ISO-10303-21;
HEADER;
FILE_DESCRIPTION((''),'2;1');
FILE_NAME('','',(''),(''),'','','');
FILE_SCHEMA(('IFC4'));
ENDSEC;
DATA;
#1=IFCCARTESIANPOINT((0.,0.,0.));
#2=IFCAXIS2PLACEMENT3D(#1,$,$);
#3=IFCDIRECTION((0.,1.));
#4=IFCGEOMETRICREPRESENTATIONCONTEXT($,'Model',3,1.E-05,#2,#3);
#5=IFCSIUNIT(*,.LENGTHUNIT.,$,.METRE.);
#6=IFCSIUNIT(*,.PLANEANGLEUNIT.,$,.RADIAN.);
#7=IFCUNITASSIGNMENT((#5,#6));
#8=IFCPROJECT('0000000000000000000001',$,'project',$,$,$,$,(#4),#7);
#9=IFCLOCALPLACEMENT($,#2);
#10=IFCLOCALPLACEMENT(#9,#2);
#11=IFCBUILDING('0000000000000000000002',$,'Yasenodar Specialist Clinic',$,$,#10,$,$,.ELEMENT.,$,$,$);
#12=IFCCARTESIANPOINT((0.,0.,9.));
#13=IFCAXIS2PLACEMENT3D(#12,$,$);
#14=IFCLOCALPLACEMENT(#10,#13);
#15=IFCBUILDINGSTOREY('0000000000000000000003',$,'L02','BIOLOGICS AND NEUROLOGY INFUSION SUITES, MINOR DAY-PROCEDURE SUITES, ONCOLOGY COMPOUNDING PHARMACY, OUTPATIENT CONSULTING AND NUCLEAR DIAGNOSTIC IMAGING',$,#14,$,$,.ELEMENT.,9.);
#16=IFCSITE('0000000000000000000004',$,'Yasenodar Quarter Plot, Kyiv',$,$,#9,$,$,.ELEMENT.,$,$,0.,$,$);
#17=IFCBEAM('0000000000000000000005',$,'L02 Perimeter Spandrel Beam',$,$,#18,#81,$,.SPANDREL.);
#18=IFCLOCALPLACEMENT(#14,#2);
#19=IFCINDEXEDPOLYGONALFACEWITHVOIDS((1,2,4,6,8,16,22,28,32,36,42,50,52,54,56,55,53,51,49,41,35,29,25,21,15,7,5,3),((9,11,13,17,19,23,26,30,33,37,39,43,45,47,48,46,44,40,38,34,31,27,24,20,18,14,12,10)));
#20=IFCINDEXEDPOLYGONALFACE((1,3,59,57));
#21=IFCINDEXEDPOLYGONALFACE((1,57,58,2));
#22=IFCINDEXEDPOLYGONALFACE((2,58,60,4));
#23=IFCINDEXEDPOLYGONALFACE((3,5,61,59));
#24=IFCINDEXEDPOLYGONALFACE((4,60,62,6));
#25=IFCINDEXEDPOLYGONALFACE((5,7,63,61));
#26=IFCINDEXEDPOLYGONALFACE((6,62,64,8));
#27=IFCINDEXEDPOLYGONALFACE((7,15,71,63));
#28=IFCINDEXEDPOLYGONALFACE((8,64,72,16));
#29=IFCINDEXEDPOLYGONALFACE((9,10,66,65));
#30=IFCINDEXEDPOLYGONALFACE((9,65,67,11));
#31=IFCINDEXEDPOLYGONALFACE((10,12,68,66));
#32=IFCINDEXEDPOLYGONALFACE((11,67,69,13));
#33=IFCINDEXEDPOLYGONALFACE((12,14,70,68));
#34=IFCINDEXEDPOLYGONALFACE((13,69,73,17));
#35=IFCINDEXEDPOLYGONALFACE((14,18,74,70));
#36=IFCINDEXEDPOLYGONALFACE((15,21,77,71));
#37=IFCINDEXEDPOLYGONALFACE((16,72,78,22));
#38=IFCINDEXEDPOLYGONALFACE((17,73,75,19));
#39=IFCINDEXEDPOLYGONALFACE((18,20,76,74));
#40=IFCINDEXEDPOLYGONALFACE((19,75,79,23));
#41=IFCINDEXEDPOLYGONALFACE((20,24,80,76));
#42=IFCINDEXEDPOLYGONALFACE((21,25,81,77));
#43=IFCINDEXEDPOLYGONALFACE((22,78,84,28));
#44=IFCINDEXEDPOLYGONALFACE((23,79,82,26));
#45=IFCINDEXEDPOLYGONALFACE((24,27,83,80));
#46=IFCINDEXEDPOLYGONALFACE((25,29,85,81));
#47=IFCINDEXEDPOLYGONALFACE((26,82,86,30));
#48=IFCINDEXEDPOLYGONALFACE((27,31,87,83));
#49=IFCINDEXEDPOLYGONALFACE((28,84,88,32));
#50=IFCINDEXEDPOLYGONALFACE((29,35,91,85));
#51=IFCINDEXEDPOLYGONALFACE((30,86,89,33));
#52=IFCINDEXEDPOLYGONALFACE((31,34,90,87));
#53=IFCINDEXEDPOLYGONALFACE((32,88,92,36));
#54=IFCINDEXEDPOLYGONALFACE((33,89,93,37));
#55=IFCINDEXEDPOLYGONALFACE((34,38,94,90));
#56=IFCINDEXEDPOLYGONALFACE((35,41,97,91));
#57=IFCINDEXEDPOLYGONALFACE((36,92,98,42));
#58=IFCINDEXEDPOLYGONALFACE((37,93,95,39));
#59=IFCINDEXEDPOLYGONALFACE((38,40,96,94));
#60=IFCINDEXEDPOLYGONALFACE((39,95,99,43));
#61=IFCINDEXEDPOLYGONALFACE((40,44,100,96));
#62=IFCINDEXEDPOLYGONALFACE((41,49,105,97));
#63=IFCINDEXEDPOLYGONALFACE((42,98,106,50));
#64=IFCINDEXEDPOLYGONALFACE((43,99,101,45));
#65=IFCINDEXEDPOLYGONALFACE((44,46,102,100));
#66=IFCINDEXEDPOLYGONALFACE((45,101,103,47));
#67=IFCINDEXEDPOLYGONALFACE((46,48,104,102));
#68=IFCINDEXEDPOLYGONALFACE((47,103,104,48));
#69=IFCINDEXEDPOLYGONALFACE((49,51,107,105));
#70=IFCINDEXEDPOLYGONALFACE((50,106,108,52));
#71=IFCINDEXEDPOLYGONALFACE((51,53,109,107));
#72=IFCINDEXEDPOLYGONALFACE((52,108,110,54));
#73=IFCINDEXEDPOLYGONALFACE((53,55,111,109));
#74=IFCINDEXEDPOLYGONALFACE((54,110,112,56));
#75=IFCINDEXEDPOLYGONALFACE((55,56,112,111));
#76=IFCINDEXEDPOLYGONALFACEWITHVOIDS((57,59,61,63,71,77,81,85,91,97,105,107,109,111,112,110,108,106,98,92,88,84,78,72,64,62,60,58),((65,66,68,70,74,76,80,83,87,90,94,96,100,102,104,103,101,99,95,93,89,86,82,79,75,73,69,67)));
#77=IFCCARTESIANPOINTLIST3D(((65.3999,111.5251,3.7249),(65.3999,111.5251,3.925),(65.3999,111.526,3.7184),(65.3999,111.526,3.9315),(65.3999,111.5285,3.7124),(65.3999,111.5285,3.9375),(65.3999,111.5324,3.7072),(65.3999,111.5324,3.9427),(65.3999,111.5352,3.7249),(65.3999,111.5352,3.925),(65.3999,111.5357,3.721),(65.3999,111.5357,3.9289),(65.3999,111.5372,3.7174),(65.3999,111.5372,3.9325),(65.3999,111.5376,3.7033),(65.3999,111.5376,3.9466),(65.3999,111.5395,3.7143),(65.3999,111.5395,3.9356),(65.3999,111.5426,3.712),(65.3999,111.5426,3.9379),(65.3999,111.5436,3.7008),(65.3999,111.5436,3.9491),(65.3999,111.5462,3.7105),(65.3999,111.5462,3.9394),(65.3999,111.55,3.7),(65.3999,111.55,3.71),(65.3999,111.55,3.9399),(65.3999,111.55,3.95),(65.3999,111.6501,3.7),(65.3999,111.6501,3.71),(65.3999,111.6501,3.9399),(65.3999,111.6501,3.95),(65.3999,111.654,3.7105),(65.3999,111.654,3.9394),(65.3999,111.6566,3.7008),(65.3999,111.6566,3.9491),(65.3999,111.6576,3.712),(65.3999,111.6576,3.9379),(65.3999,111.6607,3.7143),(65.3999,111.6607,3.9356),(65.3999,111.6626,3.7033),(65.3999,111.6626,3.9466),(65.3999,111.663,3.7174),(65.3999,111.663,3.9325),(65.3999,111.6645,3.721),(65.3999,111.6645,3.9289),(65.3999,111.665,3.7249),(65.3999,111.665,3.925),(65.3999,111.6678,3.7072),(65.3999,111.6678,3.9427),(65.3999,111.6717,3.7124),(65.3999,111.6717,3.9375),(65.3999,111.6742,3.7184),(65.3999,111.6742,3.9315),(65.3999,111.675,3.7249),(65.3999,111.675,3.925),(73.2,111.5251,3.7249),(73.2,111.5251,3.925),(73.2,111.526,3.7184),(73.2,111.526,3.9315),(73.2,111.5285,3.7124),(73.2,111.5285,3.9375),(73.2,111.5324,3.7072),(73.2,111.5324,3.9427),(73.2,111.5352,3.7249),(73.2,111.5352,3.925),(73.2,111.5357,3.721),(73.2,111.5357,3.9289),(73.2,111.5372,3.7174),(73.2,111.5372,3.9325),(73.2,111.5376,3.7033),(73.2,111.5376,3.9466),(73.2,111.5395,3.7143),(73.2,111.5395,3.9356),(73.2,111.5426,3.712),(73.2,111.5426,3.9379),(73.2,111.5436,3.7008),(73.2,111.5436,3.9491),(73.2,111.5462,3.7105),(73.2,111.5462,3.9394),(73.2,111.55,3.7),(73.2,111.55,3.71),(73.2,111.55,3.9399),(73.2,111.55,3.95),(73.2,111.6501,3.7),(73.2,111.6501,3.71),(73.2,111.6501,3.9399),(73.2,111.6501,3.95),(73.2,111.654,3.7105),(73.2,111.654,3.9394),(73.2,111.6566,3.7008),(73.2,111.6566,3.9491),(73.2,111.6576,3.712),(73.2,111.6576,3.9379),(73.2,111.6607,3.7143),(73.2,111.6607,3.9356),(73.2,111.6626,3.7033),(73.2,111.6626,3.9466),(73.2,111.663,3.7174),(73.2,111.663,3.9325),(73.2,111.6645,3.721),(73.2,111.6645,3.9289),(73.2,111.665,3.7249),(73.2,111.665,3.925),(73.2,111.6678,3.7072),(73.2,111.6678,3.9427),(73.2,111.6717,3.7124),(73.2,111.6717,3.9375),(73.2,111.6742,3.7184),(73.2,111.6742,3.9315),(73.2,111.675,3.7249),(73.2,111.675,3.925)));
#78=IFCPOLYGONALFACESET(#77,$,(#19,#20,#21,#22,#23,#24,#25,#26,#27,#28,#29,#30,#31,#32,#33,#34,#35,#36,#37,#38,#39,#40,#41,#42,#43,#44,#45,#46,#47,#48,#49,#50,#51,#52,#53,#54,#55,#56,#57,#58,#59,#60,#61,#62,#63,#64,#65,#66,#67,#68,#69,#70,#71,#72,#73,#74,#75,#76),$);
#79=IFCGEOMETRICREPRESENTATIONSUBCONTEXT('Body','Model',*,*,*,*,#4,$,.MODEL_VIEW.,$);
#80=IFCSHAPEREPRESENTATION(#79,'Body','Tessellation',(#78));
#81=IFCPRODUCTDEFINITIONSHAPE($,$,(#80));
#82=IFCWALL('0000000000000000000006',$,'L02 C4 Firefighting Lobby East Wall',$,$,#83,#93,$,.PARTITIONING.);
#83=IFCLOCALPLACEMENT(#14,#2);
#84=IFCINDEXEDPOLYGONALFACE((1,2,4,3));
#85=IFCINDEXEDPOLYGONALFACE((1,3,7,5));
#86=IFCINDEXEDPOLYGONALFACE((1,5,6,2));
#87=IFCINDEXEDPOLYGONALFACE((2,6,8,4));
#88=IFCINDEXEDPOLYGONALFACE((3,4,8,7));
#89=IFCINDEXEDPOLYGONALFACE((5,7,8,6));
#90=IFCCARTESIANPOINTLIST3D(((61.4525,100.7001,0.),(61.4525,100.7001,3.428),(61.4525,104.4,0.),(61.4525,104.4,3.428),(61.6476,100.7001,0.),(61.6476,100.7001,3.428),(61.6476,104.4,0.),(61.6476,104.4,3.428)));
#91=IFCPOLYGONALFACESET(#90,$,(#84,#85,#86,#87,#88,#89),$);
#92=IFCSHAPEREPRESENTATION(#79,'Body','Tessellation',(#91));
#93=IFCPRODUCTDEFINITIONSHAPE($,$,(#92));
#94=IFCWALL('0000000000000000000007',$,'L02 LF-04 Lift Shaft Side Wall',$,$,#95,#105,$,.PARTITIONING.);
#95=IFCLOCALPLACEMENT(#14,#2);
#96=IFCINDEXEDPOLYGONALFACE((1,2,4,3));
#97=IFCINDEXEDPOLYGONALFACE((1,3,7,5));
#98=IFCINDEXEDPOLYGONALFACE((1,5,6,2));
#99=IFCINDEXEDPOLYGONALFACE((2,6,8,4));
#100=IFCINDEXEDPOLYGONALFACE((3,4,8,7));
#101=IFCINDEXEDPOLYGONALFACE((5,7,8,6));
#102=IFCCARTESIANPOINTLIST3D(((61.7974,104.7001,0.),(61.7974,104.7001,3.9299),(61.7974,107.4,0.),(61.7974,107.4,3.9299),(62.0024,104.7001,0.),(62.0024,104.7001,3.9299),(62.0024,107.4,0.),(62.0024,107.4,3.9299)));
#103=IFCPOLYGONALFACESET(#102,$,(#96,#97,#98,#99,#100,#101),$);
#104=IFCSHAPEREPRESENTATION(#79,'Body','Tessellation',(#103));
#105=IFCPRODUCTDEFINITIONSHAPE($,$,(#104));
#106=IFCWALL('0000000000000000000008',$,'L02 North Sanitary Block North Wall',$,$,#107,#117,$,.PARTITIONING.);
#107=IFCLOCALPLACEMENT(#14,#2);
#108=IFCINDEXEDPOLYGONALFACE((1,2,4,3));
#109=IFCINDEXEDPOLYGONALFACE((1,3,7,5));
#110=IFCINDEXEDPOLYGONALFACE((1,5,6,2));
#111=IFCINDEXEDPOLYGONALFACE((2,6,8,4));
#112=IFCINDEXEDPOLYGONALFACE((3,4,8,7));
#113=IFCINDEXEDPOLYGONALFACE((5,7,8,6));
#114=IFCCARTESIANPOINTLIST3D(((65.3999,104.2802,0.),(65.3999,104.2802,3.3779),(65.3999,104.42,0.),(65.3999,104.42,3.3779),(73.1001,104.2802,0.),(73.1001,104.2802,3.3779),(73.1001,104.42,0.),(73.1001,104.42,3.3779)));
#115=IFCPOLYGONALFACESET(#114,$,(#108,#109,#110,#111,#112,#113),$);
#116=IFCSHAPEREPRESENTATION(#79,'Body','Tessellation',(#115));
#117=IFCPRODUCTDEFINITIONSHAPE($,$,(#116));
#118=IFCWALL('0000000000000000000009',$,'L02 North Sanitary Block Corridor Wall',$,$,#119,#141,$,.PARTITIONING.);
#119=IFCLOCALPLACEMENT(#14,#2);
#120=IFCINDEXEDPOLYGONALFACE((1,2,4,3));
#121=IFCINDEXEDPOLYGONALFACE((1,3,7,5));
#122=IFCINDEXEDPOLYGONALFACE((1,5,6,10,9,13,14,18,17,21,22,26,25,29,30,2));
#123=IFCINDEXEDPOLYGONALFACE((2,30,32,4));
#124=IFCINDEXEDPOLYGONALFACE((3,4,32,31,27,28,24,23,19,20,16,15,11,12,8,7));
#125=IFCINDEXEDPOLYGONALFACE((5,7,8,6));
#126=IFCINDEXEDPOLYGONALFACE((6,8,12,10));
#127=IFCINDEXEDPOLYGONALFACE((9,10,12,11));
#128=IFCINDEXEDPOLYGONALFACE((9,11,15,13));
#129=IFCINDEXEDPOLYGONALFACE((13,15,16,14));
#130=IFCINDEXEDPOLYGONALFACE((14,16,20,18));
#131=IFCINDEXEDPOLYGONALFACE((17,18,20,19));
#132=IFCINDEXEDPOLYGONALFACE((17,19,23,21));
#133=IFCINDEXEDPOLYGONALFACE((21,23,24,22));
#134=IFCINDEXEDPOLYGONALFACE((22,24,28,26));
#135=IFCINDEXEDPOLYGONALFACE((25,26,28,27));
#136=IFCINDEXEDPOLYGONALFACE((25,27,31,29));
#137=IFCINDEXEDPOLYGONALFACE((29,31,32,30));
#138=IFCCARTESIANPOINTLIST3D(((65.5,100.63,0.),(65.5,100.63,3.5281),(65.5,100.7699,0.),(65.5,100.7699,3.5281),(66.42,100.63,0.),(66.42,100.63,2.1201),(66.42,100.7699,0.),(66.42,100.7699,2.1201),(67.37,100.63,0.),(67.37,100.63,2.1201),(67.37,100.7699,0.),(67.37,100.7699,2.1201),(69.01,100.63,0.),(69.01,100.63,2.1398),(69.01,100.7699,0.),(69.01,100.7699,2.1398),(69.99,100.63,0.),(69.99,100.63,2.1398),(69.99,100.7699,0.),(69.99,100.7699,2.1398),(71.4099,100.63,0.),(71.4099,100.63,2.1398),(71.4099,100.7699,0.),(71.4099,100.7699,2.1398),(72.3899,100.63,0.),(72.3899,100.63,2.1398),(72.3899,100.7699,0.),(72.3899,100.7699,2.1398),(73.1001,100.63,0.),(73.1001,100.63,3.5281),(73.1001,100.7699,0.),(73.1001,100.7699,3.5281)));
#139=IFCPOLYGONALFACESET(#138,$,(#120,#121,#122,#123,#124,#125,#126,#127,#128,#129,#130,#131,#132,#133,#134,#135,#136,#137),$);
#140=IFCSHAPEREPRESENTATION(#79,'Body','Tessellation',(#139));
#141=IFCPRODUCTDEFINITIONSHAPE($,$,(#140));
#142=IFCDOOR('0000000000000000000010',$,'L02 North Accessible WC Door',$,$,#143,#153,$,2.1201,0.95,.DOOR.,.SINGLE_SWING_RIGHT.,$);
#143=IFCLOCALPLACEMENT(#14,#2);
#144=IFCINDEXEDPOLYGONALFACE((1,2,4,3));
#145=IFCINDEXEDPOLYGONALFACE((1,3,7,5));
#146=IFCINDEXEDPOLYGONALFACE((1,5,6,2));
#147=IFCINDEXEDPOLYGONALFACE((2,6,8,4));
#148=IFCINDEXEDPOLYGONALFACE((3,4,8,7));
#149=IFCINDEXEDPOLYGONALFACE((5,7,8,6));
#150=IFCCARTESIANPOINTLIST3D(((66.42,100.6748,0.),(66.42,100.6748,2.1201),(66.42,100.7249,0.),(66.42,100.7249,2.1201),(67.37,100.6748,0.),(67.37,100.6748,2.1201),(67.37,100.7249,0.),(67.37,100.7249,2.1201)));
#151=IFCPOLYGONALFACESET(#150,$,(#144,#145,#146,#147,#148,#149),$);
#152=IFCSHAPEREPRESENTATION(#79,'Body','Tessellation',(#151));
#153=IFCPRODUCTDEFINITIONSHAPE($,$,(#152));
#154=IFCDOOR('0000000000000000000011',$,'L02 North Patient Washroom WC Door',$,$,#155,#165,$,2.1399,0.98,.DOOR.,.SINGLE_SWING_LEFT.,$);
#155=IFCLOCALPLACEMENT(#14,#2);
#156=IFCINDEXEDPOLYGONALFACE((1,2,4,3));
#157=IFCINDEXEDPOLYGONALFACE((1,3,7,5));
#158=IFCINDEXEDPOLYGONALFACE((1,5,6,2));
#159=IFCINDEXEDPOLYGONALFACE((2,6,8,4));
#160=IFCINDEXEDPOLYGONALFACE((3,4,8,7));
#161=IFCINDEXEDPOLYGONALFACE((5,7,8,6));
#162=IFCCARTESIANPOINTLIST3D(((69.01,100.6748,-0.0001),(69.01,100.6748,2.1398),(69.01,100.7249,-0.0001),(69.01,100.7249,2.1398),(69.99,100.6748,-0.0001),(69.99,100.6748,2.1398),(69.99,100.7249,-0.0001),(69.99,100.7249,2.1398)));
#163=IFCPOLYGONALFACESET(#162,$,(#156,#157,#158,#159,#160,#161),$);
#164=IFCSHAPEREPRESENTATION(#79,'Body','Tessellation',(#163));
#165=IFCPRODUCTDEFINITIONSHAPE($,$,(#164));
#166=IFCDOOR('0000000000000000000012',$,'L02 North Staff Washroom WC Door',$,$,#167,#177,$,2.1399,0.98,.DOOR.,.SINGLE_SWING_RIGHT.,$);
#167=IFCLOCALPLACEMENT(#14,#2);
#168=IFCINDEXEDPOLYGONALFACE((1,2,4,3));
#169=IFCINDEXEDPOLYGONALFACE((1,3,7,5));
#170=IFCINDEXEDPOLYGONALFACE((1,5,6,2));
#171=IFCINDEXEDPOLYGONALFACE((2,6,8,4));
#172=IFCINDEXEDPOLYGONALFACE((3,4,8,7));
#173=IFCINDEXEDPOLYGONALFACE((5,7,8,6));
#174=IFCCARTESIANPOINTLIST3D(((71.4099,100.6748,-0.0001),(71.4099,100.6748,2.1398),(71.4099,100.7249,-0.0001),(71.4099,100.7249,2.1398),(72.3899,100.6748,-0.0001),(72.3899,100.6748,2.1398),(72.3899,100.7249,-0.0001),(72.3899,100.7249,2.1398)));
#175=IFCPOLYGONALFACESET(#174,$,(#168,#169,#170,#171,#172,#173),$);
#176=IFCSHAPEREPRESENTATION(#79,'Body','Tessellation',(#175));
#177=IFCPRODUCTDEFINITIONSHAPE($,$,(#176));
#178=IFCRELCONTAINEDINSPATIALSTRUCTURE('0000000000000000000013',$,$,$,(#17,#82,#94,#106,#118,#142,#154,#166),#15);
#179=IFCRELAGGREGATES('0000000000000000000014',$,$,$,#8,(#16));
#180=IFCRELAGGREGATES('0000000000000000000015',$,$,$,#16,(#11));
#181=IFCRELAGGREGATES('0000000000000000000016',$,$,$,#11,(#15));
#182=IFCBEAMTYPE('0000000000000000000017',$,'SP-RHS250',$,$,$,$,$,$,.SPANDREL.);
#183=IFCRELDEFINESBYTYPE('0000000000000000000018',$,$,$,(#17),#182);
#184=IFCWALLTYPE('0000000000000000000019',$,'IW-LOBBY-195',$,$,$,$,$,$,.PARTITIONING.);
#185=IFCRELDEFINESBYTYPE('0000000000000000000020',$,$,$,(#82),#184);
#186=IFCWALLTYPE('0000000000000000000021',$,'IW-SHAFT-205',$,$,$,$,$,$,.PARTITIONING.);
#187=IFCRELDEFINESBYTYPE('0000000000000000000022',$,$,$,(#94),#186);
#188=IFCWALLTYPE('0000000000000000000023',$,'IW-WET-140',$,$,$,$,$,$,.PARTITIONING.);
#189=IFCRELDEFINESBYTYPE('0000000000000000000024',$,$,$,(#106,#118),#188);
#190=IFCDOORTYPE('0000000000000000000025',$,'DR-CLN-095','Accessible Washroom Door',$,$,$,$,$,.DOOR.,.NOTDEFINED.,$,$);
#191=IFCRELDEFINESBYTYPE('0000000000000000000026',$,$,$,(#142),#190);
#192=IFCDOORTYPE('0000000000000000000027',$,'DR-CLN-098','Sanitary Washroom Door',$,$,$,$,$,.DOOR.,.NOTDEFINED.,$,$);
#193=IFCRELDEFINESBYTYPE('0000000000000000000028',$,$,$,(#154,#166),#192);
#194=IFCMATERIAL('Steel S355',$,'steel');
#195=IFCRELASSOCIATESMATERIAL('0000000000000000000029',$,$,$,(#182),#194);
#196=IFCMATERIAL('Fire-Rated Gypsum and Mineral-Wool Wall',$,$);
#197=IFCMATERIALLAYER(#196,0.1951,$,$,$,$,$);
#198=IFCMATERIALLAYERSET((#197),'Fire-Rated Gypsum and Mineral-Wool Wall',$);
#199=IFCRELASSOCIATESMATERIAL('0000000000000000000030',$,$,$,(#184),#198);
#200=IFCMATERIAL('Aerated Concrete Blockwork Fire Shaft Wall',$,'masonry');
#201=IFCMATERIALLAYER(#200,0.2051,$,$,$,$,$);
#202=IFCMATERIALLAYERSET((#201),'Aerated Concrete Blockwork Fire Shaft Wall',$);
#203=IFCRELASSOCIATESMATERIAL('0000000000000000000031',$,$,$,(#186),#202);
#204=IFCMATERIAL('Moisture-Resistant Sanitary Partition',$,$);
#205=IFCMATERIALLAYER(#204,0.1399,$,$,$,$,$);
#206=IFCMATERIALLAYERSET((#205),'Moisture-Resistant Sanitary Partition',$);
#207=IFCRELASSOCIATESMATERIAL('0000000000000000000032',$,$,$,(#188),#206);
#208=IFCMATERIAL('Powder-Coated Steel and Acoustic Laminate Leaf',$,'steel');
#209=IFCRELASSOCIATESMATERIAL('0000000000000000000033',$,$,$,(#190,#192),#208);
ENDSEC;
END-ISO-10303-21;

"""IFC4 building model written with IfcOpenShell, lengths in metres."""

from ifc_helpers import new_model, si_unit, direction, frame, frame_2d, origin, origin_2d, place, context, subcontext, project, spatial, rectangle, hollow_rectangle, extrude, material, layer, layer_set, material_profile, profile_set, type_object, element, fill, save


model = new_model("IFC4")

# Units and contexts
model_context = context("Model", 3, precision=1e-05, world=origin(), true_north=direction((0.0, 1.0)))
body_context = subcontext(model_context, "Body", "Model", "MODEL_VIEW")
ifc_project = project(units=[si_unit("LENGTHUNIT", "METRE"), si_unit("PLANEANGLEUNIT", "RADIAN")], contexts=[model_context])

# Site, building, storey
site_placement = place(None, origin())
site = spatial("IfcSite", under=ifc_project, at=site_placement, Name="Yasenodar Quarter Plot, Kyiv", CompositionType="ELEMENT", RefElevation=0.0)
building_placement = place(site_placement, origin())
building = spatial("IfcBuilding", under=site, at=building_placement, Name="Yasenodar Specialist Clinic", CompositionType="ELEMENT")
storey_placement = place(building_placement, frame((0.0, 0.0, 9.0)))
storey = spatial("IfcBuildingStorey", under=building, at=storey_placement, Name="L02", Description="BIOLOGICS AND NEUROLOGY INFUSION SUITES, MINOR DAY-PROCEDURE SUITES, ONCOLOGY COMPOUNDING PHARMACY, OUTPATIENT CONSULTING AND NUCLEAR DIAGNOSTIC IMAGING", CompositionType="ELEMENT", Elevation=9.0)

# Shared definitions
ifc_material_1 = material(Name="Steel S355", Category="steel")

# Beam
ifc_material_profile_1 = material_profile(ifc_material_1, hollow_rectangle(XDim=0.1499, YDim=0.25, WallThickness=0.01, InnerFilletRadius=0.0149, OuterFilletRadius=0.0249, at=origin_2d()), Name="RHS 250x150x10")
ifc_profile_set_1 = profile_set([ifc_material_profile_1], Name="Steel S355")
beam_type_1 = type_object("IfcBeamType", Name="SP-RHS250", PredefinedType="SPANDREL", material=ifc_profile_set_1)
beam_1_placement = place(storey_placement, frame((65.3999, 111.6001, 3.825), z_axis=(1.0, 0.0, 0.0), x_axis=(0.0, 1.0, 0.0)))
element("IfcBeam", 1, at=beam_1_placement, inside=storey, type_object=beam_type_1, Name="L02 Perimeter Spandrel Beam", PredefinedType="SPANDREL", context=body_context, shape_type="SweptSolid", body=[
    extrude(hollow_rectangle(XDim=0.1499, YDim=0.25, WallThickness=0.01, InnerFilletRadius=0.0149, OuterFilletRadius=0.0249, at=origin_2d()), origin(), (0.0, 0.0, 1.0), 7.8),
])

# Walls
ifc_material_2 = material(Name="Fire-Rated Gypsum and Mineral-Wool Wall")
ifc_layer_1 = layer(ifc_material_2, 0.1951)
ifc_layer_set_1 = layer_set([ifc_layer_1], Name="Fire-Rated Gypsum and Mineral-Wool Wall")
wall_type_1 = type_object("IfcWallType", Name="IW-LOBBY-195", PredefinedType="PARTITIONING", material=ifc_layer_set_1)
wall_1_placement = place(storey_placement, frame((61.55, 100.7, 0.0), z_axis=(0.0, 0.0, 1.0), x_axis=(0.0, 1.0, 0.0)))
element("IfcWall", 2, at=wall_1_placement, inside=storey, type_object=wall_type_1, Name="L02 C4 Firefighting Lobby East Wall", PredefinedType="PARTITIONING", context=body_context, shape_type="SweptSolid", body=[
    extrude(rectangle(XDim=3.7, YDim=0.1951, at=frame_2d((1.8501, 0.0))), origin(), (0.0, 0.0, 1.0), 3.428),
])
ifc_material_3 = material(Name="Aerated Concrete Blockwork Fire Shaft Wall", Category="masonry")
ifc_layer_2 = layer(ifc_material_3, 0.2051)
ifc_layer_set_2 = layer_set([ifc_layer_2], Name="Aerated Concrete Blockwork Fire Shaft Wall")
wall_type_2 = type_object("IfcWallType", Name="IW-SHAFT-205", PredefinedType="PARTITIONING", material=ifc_layer_set_2)
wall_2_placement = place(storey_placement, frame((61.8999, 104.7, 0.0), z_axis=(0.0, 0.0, 1.0), x_axis=(0.0, 1.0, 0.0)))
element("IfcWall", 3, at=wall_2_placement, inside=storey, type_object=wall_type_2, Name="L02 LF-04 Lift Shaft Side Wall", PredefinedType="PARTITIONING", context=body_context, shape_type="SweptSolid", body=[
    extrude(rectangle(XDim=2.7, YDim=0.2051, at=frame_2d((1.3501, 0.0))), origin(), (0.0, 0.0, 1.0), 3.9299),
])
ifc_material_4 = material(Name="Moisture-Resistant Sanitary Partition")
ifc_layer_3 = layer(ifc_material_4, 0.1399)
ifc_layer_set_3 = layer_set([ifc_layer_3], Name="Moisture-Resistant Sanitary Partition")
wall_type_3 = type_object("IfcWallType", Name="IW-WET-140", PredefinedType="PARTITIONING", material=ifc_layer_set_3)
wall_3_placement = place(storey_placement, frame((65.3999, 104.3501, 0.0), z_axis=(0.0, 0.0, 1.0), x_axis=(1.0, 0.0, 0.0)))
element("IfcWall", 4, at=wall_3_placement, inside=storey, type_object=wall_type_3, Name="L02 North Sanitary Block North Wall", PredefinedType="PARTITIONING", context=body_context, shape_type="SweptSolid", body=[
    extrude(rectangle(XDim=7.7002, YDim=0.1399, at=frame_2d((3.8501, 0.0))), origin(), (0.0, 0.0, 1.0), 3.3779),
])

# Wall, openings, doors
wall_4_placement = place(storey_placement, frame((65.5, 100.7, 0.0), z_axis=(0.0, 0.0, 1.0), x_axis=(1.0, 0.0, 0.0)))
wall_4 = element("IfcWall", 5, at=wall_4_placement, inside=storey, type_object=wall_type_3, Name="L02 North Sanitary Block Corridor Wall", PredefinedType="PARTITIONING", context=body_context, shape_type="SweptSolid", body=[
    extrude(rectangle(XDim=7.6001, YDim=0.1399, at=frame_2d((3.8, 0.0))), origin(), (0.0, 0.0, 1.0), 3.5281),
])
opening_1_placement = place(wall_4_placement, frame((0.9199, 0.0, 0.0)))
opening_1 = element("IfcOpeningElement", 6, at=opening_1_placement, cuts=wall_4, PredefinedType="OPENING", context=body_context, shape_type="SweptSolid", body=[
    extrude(rectangle(XDim=0.95, YDim=2.1201, at=frame_2d((0.4751, 1.0601))), frame((0.0, 0.0801, 0.0), z_axis=(0.0, -1.0, 0.0), x_axis=(1.0, 0.0, 0.0)), (0.0, 0.0, 1.0), 0.1599),
])
opening_2_placement = place(wall_4_placement, frame((3.51, 0.0, 0.0)))
opening_2 = element("IfcOpeningElement", 7, at=opening_2_placement, cuts=wall_4, PredefinedType="OPENING", context=body_context, shape_type="SweptSolid", body=[
    extrude(rectangle(XDim=0.98, YDim=2.1399, at=frame_2d((0.49, 1.0698))), frame((0.0, 0.0801, 0.0), z_axis=(0.0, -1.0, 0.0), x_axis=(1.0, 0.0, 0.0)), (0.0, 0.0, 1.0), 0.1599),
])
opening_3_placement = place(wall_4_placement, frame((5.9099, 0.0, 0.0)))
opening_3 = element("IfcOpeningElement", 8, at=opening_3_placement, cuts=wall_4, PredefinedType="OPENING", context=body_context, shape_type="SweptSolid", body=[
    extrude(rectangle(XDim=0.98, YDim=2.1399, at=frame_2d((0.49, 1.0698))), frame((0.0, 0.0801, 0.0), z_axis=(0.0, -1.0, 0.0), x_axis=(1.0, 0.0, 0.0)), (0.0, 0.0, 1.0), 0.1599),
])
ifc_material_5 = material(Name="Powder-Coated Steel and Acoustic Laminate Leaf", Category="steel")
door_type_1 = type_object("IfcDoorType", Name="DR-CLN-095", Description="Accessible Washroom Door", OperationType="NOTDEFINED", PredefinedType="DOOR", material=ifc_material_5)
door_1_placement = place(opening_1_placement, origin())
door_1 = element("IfcDoor", 9, at=door_1_placement, inside=storey, type_object=door_type_1, Name="L02 North Accessible WC Door", OperationType="SINGLE_SWING_RIGHT", OverallHeight=2.1201, OverallWidth=0.95, PredefinedType="DOOR", context=body_context, shape_type="SweptSolid", body=[
    extrude(rectangle(XDim=0.95, YDim=2.1201, at=frame_2d((0.4751, 1.0601))), frame((0.0, 0.0249, 0.0), z_axis=(0.0, -1.0, 0.0), x_axis=(1.0, 0.0, 0.0)), (0.0, 0.0, 1.0), 0.05),
])
fill(opening_1, door_1)
door_type_2 = type_object("IfcDoorType", Name="DR-CLN-098", Description="Sanitary Washroom Door", OperationType="NOTDEFINED", PredefinedType="DOOR", material=ifc_material_5)
door_2_placement = place(opening_2_placement, origin())
door_2 = element("IfcDoor", 10, at=door_2_placement, inside=storey, type_object=door_type_2, Name="L02 North Patient Washroom WC Door", OperationType="SINGLE_SWING_LEFT", OverallHeight=2.1399, OverallWidth=0.98, PredefinedType="DOOR", context=body_context, shape_type="SweptSolid", body=[
    extrude(rectangle(XDim=0.98, YDim=2.1399, at=frame_2d((0.49, 1.0698))), frame((0.0, 0.0249, 0.0), z_axis=(0.0, -1.0, 0.0), x_axis=(1.0, 0.0, 0.0)), (0.0, 0.0, 1.0), 0.05),
])
fill(opening_2, door_2)
door_3_placement = place(opening_3_placement, origin())
door_3 = element("IfcDoor", 11, at=door_3_placement, inside=storey, type_object=door_type_2, Name="L02 North Staff Washroom WC Door", OperationType="SINGLE_SWING_RIGHT", OverallHeight=2.1399, OverallWidth=0.98, PredefinedType="DOOR", context=body_context, shape_type="SweptSolid", body=[
    extrude(rectangle(XDim=0.98, YDim=2.1399, at=frame_2d((0.49, 1.0698))), frame((0.0, 0.0249, 0.0), z_axis=(0.0, -1.0, 0.0), x_axis=(1.0, 0.0, 0.0)), (0.0, 0.0, 1.0), 0.05),
])
fill(opening_3, door_3)

save(model, "model.ifc")
